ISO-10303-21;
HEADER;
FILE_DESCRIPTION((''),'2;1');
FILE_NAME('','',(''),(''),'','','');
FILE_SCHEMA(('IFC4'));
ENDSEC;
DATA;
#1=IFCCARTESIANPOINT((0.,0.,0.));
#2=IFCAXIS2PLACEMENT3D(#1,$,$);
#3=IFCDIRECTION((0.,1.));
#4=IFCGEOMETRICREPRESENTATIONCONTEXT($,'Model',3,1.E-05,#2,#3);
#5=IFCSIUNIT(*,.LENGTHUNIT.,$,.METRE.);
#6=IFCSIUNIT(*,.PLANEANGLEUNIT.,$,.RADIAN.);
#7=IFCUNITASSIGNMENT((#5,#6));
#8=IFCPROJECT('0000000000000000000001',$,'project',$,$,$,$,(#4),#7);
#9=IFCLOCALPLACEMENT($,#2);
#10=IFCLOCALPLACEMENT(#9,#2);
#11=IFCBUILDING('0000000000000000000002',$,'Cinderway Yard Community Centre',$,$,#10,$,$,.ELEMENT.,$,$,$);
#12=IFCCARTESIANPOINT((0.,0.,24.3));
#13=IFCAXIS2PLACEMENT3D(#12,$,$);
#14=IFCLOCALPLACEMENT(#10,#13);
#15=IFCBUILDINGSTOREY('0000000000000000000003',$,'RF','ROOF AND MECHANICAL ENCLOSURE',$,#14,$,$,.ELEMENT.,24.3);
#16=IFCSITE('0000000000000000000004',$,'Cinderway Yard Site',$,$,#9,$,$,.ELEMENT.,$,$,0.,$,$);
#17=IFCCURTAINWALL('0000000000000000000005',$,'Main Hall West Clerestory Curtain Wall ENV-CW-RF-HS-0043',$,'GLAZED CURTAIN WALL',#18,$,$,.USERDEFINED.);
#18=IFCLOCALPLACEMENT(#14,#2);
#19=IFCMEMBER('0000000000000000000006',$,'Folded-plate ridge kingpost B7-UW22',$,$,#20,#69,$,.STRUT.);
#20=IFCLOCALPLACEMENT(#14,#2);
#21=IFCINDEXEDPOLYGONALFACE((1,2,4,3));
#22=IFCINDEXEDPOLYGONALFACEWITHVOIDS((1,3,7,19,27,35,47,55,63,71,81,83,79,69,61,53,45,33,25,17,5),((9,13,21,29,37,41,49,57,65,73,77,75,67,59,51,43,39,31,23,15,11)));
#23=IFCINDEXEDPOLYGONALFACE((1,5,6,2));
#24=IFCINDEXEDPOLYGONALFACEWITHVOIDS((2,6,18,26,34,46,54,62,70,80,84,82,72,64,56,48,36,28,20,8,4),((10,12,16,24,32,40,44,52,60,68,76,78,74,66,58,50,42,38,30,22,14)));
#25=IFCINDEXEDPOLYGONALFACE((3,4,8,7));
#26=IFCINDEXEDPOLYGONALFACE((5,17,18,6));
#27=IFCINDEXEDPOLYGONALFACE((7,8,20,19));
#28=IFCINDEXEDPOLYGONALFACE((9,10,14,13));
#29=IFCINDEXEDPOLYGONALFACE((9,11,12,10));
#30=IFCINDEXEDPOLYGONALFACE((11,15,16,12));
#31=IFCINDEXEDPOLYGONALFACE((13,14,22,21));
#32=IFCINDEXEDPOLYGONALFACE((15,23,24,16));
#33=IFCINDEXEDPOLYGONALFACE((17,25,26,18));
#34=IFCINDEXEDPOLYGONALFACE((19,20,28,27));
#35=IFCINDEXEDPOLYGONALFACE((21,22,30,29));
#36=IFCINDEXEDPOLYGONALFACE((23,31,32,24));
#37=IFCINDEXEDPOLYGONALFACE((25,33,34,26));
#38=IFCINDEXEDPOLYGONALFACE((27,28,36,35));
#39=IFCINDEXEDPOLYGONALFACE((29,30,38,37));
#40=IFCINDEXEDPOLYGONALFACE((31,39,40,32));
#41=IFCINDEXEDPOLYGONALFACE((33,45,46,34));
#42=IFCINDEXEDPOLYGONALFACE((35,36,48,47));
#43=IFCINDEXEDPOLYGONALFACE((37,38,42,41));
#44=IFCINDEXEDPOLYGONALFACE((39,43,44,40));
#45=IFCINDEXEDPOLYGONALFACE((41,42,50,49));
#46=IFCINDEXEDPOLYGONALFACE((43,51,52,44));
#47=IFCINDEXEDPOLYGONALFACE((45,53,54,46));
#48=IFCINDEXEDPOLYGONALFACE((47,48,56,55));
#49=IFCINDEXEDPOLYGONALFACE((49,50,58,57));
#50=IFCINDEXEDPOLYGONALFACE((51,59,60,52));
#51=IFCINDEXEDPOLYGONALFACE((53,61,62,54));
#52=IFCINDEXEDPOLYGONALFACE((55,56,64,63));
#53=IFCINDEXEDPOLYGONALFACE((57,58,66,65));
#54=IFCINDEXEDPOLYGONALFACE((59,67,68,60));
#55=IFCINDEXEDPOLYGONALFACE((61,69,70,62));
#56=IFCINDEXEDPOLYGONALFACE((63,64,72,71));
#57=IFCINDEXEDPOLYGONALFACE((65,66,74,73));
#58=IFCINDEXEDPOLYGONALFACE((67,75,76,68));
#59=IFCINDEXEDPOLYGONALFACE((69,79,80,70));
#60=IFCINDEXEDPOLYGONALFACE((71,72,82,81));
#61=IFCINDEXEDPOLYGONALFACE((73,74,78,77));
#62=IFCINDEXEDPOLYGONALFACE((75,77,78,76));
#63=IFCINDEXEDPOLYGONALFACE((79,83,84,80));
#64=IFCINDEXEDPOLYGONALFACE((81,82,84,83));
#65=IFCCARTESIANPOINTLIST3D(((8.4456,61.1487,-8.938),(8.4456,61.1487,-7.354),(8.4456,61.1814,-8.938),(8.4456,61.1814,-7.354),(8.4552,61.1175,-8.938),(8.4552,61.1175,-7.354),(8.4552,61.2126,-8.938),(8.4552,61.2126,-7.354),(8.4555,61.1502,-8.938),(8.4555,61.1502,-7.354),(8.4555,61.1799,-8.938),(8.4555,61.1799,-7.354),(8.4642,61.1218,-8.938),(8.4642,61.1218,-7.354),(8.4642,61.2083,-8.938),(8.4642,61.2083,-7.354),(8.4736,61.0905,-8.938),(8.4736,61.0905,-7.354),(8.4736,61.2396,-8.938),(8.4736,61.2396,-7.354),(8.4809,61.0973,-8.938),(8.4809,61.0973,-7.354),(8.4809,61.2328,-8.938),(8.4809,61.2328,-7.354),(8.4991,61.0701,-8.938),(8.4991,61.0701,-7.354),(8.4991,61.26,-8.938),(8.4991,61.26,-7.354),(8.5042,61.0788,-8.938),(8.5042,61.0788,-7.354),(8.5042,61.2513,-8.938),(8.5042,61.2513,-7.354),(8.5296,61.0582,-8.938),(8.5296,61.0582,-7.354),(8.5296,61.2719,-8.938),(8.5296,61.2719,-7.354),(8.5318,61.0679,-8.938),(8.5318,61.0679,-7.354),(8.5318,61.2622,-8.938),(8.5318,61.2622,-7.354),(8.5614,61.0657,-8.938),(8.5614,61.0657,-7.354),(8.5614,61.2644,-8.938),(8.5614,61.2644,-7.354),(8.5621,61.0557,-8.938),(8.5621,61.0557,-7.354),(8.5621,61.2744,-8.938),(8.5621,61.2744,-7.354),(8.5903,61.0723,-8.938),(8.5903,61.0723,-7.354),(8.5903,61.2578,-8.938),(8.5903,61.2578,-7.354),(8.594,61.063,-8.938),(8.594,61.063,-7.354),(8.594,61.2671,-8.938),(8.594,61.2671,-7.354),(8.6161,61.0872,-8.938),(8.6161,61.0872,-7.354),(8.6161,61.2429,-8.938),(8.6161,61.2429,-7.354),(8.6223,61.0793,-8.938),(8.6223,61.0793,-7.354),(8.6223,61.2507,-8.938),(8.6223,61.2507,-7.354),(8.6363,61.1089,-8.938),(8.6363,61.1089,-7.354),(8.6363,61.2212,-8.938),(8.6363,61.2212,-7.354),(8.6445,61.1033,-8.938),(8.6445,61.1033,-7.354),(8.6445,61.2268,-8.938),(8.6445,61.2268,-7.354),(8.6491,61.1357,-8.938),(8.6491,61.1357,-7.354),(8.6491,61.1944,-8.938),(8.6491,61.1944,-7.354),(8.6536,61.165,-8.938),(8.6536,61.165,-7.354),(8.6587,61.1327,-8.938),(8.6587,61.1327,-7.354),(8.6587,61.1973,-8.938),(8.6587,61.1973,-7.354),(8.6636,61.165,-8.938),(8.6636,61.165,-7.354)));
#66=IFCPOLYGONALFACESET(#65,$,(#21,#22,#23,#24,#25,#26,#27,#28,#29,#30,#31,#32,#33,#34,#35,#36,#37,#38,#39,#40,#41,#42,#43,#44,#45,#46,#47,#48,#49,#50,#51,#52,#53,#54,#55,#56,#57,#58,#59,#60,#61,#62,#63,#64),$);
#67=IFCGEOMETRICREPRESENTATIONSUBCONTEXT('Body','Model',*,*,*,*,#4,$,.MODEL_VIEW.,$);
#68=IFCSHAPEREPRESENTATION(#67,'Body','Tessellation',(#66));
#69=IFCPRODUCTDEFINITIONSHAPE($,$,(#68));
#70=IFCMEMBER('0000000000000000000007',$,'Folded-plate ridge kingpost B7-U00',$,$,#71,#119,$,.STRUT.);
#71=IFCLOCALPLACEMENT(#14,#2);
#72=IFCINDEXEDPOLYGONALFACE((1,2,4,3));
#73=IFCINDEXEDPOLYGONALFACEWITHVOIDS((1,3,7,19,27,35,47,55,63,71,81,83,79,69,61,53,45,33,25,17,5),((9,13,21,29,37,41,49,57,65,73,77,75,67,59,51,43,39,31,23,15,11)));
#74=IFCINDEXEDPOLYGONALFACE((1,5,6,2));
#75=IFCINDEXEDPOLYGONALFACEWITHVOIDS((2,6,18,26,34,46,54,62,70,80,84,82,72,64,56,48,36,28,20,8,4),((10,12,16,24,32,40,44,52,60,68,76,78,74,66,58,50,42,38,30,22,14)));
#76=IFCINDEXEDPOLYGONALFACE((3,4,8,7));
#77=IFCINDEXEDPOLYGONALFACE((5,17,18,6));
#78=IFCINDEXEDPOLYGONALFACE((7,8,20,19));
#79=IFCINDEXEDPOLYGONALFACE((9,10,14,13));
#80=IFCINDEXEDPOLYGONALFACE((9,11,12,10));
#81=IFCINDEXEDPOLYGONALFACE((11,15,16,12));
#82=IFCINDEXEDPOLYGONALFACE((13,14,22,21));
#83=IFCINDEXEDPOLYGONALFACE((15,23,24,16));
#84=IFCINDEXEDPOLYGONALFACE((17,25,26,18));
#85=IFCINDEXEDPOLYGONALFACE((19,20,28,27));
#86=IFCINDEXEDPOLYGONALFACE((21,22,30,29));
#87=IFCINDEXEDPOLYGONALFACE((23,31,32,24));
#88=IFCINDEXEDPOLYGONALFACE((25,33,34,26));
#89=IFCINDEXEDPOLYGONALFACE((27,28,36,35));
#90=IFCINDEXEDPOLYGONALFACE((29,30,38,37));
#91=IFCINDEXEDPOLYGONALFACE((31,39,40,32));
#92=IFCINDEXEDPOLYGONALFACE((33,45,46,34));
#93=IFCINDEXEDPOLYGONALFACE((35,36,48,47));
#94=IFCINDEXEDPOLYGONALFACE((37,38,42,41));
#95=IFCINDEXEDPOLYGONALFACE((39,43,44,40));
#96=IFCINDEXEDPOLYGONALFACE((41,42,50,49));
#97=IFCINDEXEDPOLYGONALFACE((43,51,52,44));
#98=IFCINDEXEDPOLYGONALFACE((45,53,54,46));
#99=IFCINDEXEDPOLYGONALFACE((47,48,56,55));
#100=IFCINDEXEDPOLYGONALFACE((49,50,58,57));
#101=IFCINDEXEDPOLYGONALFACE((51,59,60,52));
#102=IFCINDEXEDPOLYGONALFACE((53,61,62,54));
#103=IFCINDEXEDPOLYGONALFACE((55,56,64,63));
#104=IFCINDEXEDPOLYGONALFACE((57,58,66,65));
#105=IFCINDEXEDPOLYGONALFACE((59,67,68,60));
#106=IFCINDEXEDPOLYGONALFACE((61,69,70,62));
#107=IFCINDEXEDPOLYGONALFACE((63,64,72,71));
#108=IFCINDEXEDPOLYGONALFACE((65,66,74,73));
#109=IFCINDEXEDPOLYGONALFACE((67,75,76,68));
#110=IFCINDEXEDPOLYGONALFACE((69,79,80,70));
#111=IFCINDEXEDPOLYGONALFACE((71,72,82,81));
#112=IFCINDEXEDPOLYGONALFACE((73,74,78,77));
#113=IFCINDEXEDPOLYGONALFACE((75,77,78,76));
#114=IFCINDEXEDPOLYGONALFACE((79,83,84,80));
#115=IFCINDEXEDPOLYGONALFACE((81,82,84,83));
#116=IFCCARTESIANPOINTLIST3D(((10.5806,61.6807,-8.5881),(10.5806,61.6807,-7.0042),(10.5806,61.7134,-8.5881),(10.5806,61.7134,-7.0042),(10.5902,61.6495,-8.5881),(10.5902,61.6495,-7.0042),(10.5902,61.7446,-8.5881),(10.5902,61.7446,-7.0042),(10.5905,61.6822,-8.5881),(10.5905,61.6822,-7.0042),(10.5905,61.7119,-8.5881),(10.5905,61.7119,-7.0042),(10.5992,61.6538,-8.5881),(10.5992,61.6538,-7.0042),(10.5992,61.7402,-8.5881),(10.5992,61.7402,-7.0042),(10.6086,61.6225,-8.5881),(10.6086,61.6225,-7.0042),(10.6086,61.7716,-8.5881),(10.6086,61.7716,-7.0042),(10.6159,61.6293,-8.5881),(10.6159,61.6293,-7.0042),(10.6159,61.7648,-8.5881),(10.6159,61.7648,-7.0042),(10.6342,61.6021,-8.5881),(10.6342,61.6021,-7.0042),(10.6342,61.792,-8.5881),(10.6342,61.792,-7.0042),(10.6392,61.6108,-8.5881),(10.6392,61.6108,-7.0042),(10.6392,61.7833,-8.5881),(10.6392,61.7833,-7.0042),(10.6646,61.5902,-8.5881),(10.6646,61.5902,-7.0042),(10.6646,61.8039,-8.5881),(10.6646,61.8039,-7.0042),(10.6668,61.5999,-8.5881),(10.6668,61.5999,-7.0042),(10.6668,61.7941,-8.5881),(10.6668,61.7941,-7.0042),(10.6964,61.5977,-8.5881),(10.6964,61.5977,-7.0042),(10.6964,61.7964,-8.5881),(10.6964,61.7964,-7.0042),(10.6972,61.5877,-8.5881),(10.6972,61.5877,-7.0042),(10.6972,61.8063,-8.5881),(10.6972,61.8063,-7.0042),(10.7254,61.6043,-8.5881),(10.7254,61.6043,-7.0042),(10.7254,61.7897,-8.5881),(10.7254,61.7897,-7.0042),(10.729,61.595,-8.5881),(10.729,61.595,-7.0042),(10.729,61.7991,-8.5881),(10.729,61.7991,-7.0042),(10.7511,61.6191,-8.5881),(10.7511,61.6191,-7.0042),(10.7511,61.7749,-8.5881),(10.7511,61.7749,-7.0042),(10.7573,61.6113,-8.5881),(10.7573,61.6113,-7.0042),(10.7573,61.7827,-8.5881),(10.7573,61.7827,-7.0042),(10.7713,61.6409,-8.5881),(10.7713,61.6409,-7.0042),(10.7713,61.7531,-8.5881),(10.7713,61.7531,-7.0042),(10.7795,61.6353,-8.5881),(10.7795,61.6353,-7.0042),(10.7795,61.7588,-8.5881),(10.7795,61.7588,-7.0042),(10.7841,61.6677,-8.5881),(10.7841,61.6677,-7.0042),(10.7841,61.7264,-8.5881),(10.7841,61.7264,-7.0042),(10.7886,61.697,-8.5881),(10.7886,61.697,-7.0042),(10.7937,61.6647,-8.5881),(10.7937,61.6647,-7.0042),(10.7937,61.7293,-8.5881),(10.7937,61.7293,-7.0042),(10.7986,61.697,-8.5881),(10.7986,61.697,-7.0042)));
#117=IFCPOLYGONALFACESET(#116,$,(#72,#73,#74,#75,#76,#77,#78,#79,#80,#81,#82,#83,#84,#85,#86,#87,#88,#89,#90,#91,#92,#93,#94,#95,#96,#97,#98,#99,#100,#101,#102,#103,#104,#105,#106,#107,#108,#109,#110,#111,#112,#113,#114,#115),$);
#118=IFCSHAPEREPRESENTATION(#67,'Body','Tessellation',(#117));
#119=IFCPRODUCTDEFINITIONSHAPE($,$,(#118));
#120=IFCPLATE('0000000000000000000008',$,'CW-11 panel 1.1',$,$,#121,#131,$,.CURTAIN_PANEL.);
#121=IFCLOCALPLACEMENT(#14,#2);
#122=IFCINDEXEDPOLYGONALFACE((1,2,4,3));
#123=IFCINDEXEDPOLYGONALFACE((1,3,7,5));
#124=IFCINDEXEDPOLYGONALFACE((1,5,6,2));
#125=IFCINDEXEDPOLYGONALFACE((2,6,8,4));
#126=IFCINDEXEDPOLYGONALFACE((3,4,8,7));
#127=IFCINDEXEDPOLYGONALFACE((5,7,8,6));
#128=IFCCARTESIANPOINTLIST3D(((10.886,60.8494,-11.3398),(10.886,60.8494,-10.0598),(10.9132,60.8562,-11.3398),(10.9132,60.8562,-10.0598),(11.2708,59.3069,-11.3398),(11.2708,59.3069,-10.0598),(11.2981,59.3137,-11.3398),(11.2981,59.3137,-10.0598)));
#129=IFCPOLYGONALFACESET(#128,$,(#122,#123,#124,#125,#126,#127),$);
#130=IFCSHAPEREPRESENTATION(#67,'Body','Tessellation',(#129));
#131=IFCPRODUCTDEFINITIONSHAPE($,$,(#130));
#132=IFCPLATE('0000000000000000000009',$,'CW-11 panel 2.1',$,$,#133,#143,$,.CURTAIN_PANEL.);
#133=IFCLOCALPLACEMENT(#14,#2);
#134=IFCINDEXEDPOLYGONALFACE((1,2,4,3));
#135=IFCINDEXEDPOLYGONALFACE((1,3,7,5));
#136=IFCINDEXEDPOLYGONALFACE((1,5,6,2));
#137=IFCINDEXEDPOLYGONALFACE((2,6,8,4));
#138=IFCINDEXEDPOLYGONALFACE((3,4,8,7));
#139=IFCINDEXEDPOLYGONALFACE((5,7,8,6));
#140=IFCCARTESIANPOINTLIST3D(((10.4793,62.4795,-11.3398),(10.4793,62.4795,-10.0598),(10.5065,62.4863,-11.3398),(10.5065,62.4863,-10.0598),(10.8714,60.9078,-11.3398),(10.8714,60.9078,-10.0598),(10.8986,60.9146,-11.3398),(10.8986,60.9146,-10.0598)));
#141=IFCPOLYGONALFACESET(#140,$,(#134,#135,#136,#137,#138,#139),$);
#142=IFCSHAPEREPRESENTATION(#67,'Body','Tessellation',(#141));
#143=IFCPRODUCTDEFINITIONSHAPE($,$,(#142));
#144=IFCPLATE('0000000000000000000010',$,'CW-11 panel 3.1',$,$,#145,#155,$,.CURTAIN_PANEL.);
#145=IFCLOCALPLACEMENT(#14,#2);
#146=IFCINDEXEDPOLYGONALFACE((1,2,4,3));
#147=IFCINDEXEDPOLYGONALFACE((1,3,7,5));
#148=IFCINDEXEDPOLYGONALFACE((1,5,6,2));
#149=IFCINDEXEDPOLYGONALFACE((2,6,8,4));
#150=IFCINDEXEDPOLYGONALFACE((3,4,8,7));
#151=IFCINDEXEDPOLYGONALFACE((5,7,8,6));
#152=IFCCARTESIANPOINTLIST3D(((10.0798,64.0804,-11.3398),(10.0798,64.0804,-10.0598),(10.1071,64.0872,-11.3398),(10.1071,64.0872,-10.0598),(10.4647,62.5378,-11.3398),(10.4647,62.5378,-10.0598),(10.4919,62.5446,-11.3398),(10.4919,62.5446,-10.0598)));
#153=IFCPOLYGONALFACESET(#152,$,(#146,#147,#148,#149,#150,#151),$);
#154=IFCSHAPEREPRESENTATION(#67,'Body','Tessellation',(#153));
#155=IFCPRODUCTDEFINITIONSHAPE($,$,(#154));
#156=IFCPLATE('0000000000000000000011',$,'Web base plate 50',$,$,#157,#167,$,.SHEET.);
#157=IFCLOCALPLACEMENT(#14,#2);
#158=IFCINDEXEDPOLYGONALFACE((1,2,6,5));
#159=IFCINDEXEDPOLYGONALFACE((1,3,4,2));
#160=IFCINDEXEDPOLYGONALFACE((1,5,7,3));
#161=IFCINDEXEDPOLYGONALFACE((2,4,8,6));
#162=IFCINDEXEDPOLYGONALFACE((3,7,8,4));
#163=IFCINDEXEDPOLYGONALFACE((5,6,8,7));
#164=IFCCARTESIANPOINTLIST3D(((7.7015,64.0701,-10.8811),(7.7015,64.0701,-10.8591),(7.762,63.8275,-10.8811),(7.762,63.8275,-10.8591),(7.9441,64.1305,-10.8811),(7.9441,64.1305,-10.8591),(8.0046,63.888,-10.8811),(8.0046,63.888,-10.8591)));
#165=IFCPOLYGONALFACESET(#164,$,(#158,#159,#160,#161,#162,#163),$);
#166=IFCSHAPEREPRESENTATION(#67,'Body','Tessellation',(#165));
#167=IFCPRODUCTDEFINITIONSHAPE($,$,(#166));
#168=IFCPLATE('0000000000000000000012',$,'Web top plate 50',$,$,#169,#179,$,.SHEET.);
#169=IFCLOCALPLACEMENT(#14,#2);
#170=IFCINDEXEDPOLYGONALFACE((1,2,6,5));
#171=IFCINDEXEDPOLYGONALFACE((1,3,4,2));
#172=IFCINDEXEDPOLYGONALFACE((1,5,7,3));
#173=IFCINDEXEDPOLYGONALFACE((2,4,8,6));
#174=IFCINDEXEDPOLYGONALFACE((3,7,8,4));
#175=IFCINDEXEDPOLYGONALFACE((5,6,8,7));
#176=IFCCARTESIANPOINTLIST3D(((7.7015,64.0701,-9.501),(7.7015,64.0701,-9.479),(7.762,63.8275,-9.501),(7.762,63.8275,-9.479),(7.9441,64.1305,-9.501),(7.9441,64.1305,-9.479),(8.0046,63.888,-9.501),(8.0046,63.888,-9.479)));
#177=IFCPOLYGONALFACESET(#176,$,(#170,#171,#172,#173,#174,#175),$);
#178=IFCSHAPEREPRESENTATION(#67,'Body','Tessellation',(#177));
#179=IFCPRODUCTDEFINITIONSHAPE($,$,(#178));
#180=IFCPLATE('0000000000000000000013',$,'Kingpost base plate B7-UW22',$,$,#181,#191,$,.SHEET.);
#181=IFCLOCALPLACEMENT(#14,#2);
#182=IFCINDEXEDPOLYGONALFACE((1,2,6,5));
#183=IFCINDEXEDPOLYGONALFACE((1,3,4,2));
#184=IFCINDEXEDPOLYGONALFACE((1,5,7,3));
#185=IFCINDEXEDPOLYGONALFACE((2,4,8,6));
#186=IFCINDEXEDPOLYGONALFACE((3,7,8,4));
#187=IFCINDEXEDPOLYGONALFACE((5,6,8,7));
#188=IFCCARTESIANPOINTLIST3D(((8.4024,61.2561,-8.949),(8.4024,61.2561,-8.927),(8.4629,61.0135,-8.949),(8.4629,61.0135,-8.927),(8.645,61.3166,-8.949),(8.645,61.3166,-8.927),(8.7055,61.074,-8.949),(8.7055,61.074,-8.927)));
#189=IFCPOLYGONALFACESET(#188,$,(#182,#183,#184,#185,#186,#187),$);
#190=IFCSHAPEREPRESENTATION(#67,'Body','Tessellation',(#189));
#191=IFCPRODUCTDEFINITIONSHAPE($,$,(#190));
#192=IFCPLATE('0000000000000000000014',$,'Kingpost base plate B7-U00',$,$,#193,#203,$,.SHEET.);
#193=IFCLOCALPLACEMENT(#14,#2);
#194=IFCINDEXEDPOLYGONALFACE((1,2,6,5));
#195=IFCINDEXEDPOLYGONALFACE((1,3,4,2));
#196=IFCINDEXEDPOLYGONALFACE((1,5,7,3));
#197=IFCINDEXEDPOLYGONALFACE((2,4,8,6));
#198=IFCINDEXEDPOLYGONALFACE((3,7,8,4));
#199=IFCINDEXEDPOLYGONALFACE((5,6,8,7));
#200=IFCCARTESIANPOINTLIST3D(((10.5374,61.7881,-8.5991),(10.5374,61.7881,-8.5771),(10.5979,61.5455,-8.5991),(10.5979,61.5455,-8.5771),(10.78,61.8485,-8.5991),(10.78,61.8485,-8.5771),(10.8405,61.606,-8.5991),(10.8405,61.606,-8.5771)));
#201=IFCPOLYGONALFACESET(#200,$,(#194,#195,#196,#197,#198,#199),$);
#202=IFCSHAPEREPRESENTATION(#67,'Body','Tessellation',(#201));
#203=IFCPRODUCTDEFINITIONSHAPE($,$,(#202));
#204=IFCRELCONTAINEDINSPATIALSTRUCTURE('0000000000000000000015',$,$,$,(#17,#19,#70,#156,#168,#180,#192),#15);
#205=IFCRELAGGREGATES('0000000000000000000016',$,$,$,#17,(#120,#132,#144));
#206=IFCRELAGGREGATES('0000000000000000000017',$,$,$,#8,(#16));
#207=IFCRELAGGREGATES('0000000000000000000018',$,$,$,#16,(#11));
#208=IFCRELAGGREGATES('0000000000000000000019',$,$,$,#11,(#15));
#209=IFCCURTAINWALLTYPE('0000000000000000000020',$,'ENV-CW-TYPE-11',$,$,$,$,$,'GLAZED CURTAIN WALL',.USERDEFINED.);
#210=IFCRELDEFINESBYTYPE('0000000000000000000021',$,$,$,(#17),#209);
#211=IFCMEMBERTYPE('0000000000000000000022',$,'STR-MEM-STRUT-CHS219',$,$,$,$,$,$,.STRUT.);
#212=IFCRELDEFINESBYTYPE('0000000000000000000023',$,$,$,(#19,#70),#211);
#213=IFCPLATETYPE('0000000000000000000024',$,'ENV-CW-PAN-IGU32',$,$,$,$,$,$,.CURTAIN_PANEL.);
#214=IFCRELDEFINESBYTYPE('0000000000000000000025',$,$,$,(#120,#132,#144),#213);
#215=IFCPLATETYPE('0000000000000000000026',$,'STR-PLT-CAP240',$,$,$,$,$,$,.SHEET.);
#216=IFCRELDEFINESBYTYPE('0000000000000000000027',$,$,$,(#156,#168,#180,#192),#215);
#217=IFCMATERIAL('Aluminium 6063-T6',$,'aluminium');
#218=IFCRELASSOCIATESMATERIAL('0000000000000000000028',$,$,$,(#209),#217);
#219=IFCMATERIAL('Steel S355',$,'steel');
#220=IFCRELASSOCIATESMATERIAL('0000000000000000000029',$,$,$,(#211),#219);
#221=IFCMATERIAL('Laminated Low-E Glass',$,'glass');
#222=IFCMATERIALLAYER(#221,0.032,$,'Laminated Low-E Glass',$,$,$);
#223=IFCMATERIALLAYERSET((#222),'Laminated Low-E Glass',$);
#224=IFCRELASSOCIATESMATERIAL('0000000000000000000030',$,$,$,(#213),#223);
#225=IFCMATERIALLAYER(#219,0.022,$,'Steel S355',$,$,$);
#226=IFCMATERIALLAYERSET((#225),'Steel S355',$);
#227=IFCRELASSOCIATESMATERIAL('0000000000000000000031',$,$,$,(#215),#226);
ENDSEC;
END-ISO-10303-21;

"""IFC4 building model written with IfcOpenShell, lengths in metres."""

from ifc_helpers import new_model, si_unit, direction, frame, origin, origin_2d, place, context, subcontext, project, spatial, rectangle, hollow_circle, extrude, material, layer, layer_set, material_profile, profile_set, type_object, element, aggregate, save


model = new_model("IFC4")

# Units and contexts
model_context = context("Model", 3, precision=1e-05, world=origin(), true_north=direction((0.0, 1.0)))
body_context = subcontext(model_context, "Body", "Model", "MODEL_VIEW")
ifc_project = project(units=[si_unit("LENGTHUNIT", "METRE"), si_unit("PLANEANGLEUNIT", "RADIAN")], contexts=[model_context])

# Site, building, storey
site_placement = place(None, origin())
site = spatial("IfcSite", under=ifc_project, at=site_placement, Name="Cinderway Yard Site", CompositionType="ELEMENT", RefElevation=0.0)
building_placement = place(site_placement, origin())
building = spatial("IfcBuilding", under=site, at=building_placement, Name="Cinderway Yard Community Centre", CompositionType="ELEMENT")
storey_placement = place(building_placement, frame((0.0, 0.0, 24.3)))
storey = spatial("IfcBuildingStorey", under=building, at=storey_placement, Name="RF", Description="ROOF AND MECHANICAL ENCLOSURE", CompositionType="ELEMENT", Elevation=24.3)

# Shared definitions
ifc_material_1 = material(Name="Steel S355", Category="steel")

# Curtain wall
ifc_material_2 = material(Name="Aluminium 6063-T6", Category="aluminium")
curtain_wall_type = type_object("IfcCurtainWallType", Name="ENV-CW-TYPE-11", ElementType="GLAZED CURTAIN WALL", PredefinedType="USERDEFINED", material=ifc_material_2)
curtain_wall_placement = place(storey_placement, origin())
curtain_wall = element("IfcCurtainWall", 1, at=curtain_wall_placement, inside=storey, type_object=curtain_wall_type, Name="Main Hall West Clerestory Curtain Wall ENV-CW-RF-HS-0043", ObjectType="GLAZED CURTAIN WALL", PredefinedType="USERDEFINED")

# Members
ifc_material_profile_1 = material_profile(ifc_material_1, hollow_circle(Radius=0.1096, WallThickness=0.01, at=origin_2d()), Name="Steel S355")
ifc_profile_set_1 = profile_set([ifc_material_profile_1], Name="Steel S355")
member_type_1 = type_object("IfcMemberType", Name="STR-MEM-STRUT-CHS219", PredefinedType="STRUT", material=ifc_profile_set_1)
for number, where, z_axis, x_axis, name in (
    (2, (8.554, 61.165, -8.938), (0.0, 0.0, 1.0), (1.0, 0.0, 0.0), "Folded-plate ridge kingpost B7-UW22"),
    (3, (10.689, 61.697, -8.5881), (0.0, 0.0, 1.0), (1.0, 0.0, 0.0), "Folded-plate ridge kingpost B7-U00"),
):
    element("IfcMember", number, at=place(storey_placement, frame(where, z_axis=z_axis, x_axis=x_axis)), inside=storey, type_object=member_type_1, Name=name, PredefinedType="STRUT", context=body_context, shape_type="SweptSolid", body=[
        extrude(hollow_circle(Radius=0.1096, WallThickness=0.01, at=origin_2d()), origin(), (0.0, 0.0, 1.0), 1.584),
    ])

# Plates
ifc_material_3 = material(Name="Laminated Low-E Glass", Category="glass")
ifc_layer_1 = layer(ifc_material_3, 0.032, Name="Laminated Low-E Glass")
ifc_layer_set_1 = layer_set([ifc_layer_1], Name="Laminated Low-E Glass")
plate_type_1 = type_object("IfcPlateType", Name="ENV-CW-PAN-IGU32", PredefinedType="CURTAIN_PANEL", material=ifc_layer_set_1)
plate_1_placement = place(storey_placement, frame((11.092, 60.0815, -11.3398), z_axis=(0.0, 0.0, 1.0), x_axis=(-0.242069, 0.970259, 0.0)))
plate_1 = element("IfcPlate", 4, at=plate_1_placement, type_object=plate_type_1, Name="CW-11 panel 1.1", PredefinedType="CURTAIN_PANEL", context=body_context, shape_type="SweptSolid", body=[
    extrude(rectangle(XDim=1.5898, YDim=0.0281, at=origin_2d()), origin(), (0.0, 0.0, 1.0), 1.28),
])
plate_2_placement = place(storey_placement, frame((10.689, 61.697, -11.3398), z_axis=(0.0, 0.0, 1.0), x_axis=(-0.242069, 0.970259, 0.0)))
plate_2 = element("IfcPlate", 5, at=plate_2_placement, type_object=plate_type_1, Name="CW-11 panel 2.1", PredefinedType="CURTAIN_PANEL", context=body_context, shape_type="SweptSolid", body=[
    extrude(rectangle(XDim=1.6199, YDim=0.0281, at=origin_2d()), origin(), (0.0, 0.0, 1.0), 1.28),
])
plate_3_placement = place(storey_placement, frame((10.2859, 63.3125, -11.3398), z_axis=(0.0, 0.0, 1.0), x_axis=(-0.242069, 0.970259, 0.0)))
plate_3 = element("IfcPlate", 6, at=plate_3_placement, type_object=plate_type_1, Name="CW-11 panel 3.1", PredefinedType="CURTAIN_PANEL", context=body_context, shape_type="SweptSolid", body=[
    extrude(rectangle(XDim=1.5898, YDim=0.0281, at=origin_2d()), origin(), (0.0, 0.0, 1.0), 1.28),
])
aggregate(curtain_wall, [plate_1, plate_2, plate_3])

# Plates
ifc_layer_2 = layer(ifc_material_1, 0.022, Name="Steel S355")
ifc_layer_set_2 = layer_set([ifc_layer_2], Name="Steel S355")
plate_type_2 = type_object("IfcPlateType", Name="STR-PLT-CAP240", PredefinedType="SHEET", material=ifc_layer_set_2)
for number, where, z_axis, x_axis, name in (
    (7, (7.853, 63.979, -10.8811), (0.0, 0.0, 1.0), (0.970296, 0.241922, 0.0), "Web base plate 50"),
    (8, (7.853, 63.979, -9.501), (0.0, 0.0, 1.0), (0.970296, 0.241922, 0.0), "Web top plate 50"),
    (9, (8.554, 61.165, -8.949), (0.0, 0.0, 1.0), (0.970296, 0.241922, 0.0), "Kingpost base plate B7-UW22"),
    (10, (10.689, 61.697, -8.5991), (0.0, 0.0, 1.0), (0.970296, 0.241922, 0.0), "Kingpost base plate B7-U00"),
):
    element("IfcPlate", number, at=place(storey_placement, frame(where, z_axis=z_axis, x_axis=x_axis)), inside=storey, type_object=plate_type_2, Name=name, PredefinedType="SHEET", context=body_context, shape_type="SweptSolid", body=[
        extrude(rectangle(XDim=0.25, YDim=0.25, at=origin_2d()), origin(), (0.0, 0.0, 1.0), 0.022),
    ])

save(model, "model.ifc")
